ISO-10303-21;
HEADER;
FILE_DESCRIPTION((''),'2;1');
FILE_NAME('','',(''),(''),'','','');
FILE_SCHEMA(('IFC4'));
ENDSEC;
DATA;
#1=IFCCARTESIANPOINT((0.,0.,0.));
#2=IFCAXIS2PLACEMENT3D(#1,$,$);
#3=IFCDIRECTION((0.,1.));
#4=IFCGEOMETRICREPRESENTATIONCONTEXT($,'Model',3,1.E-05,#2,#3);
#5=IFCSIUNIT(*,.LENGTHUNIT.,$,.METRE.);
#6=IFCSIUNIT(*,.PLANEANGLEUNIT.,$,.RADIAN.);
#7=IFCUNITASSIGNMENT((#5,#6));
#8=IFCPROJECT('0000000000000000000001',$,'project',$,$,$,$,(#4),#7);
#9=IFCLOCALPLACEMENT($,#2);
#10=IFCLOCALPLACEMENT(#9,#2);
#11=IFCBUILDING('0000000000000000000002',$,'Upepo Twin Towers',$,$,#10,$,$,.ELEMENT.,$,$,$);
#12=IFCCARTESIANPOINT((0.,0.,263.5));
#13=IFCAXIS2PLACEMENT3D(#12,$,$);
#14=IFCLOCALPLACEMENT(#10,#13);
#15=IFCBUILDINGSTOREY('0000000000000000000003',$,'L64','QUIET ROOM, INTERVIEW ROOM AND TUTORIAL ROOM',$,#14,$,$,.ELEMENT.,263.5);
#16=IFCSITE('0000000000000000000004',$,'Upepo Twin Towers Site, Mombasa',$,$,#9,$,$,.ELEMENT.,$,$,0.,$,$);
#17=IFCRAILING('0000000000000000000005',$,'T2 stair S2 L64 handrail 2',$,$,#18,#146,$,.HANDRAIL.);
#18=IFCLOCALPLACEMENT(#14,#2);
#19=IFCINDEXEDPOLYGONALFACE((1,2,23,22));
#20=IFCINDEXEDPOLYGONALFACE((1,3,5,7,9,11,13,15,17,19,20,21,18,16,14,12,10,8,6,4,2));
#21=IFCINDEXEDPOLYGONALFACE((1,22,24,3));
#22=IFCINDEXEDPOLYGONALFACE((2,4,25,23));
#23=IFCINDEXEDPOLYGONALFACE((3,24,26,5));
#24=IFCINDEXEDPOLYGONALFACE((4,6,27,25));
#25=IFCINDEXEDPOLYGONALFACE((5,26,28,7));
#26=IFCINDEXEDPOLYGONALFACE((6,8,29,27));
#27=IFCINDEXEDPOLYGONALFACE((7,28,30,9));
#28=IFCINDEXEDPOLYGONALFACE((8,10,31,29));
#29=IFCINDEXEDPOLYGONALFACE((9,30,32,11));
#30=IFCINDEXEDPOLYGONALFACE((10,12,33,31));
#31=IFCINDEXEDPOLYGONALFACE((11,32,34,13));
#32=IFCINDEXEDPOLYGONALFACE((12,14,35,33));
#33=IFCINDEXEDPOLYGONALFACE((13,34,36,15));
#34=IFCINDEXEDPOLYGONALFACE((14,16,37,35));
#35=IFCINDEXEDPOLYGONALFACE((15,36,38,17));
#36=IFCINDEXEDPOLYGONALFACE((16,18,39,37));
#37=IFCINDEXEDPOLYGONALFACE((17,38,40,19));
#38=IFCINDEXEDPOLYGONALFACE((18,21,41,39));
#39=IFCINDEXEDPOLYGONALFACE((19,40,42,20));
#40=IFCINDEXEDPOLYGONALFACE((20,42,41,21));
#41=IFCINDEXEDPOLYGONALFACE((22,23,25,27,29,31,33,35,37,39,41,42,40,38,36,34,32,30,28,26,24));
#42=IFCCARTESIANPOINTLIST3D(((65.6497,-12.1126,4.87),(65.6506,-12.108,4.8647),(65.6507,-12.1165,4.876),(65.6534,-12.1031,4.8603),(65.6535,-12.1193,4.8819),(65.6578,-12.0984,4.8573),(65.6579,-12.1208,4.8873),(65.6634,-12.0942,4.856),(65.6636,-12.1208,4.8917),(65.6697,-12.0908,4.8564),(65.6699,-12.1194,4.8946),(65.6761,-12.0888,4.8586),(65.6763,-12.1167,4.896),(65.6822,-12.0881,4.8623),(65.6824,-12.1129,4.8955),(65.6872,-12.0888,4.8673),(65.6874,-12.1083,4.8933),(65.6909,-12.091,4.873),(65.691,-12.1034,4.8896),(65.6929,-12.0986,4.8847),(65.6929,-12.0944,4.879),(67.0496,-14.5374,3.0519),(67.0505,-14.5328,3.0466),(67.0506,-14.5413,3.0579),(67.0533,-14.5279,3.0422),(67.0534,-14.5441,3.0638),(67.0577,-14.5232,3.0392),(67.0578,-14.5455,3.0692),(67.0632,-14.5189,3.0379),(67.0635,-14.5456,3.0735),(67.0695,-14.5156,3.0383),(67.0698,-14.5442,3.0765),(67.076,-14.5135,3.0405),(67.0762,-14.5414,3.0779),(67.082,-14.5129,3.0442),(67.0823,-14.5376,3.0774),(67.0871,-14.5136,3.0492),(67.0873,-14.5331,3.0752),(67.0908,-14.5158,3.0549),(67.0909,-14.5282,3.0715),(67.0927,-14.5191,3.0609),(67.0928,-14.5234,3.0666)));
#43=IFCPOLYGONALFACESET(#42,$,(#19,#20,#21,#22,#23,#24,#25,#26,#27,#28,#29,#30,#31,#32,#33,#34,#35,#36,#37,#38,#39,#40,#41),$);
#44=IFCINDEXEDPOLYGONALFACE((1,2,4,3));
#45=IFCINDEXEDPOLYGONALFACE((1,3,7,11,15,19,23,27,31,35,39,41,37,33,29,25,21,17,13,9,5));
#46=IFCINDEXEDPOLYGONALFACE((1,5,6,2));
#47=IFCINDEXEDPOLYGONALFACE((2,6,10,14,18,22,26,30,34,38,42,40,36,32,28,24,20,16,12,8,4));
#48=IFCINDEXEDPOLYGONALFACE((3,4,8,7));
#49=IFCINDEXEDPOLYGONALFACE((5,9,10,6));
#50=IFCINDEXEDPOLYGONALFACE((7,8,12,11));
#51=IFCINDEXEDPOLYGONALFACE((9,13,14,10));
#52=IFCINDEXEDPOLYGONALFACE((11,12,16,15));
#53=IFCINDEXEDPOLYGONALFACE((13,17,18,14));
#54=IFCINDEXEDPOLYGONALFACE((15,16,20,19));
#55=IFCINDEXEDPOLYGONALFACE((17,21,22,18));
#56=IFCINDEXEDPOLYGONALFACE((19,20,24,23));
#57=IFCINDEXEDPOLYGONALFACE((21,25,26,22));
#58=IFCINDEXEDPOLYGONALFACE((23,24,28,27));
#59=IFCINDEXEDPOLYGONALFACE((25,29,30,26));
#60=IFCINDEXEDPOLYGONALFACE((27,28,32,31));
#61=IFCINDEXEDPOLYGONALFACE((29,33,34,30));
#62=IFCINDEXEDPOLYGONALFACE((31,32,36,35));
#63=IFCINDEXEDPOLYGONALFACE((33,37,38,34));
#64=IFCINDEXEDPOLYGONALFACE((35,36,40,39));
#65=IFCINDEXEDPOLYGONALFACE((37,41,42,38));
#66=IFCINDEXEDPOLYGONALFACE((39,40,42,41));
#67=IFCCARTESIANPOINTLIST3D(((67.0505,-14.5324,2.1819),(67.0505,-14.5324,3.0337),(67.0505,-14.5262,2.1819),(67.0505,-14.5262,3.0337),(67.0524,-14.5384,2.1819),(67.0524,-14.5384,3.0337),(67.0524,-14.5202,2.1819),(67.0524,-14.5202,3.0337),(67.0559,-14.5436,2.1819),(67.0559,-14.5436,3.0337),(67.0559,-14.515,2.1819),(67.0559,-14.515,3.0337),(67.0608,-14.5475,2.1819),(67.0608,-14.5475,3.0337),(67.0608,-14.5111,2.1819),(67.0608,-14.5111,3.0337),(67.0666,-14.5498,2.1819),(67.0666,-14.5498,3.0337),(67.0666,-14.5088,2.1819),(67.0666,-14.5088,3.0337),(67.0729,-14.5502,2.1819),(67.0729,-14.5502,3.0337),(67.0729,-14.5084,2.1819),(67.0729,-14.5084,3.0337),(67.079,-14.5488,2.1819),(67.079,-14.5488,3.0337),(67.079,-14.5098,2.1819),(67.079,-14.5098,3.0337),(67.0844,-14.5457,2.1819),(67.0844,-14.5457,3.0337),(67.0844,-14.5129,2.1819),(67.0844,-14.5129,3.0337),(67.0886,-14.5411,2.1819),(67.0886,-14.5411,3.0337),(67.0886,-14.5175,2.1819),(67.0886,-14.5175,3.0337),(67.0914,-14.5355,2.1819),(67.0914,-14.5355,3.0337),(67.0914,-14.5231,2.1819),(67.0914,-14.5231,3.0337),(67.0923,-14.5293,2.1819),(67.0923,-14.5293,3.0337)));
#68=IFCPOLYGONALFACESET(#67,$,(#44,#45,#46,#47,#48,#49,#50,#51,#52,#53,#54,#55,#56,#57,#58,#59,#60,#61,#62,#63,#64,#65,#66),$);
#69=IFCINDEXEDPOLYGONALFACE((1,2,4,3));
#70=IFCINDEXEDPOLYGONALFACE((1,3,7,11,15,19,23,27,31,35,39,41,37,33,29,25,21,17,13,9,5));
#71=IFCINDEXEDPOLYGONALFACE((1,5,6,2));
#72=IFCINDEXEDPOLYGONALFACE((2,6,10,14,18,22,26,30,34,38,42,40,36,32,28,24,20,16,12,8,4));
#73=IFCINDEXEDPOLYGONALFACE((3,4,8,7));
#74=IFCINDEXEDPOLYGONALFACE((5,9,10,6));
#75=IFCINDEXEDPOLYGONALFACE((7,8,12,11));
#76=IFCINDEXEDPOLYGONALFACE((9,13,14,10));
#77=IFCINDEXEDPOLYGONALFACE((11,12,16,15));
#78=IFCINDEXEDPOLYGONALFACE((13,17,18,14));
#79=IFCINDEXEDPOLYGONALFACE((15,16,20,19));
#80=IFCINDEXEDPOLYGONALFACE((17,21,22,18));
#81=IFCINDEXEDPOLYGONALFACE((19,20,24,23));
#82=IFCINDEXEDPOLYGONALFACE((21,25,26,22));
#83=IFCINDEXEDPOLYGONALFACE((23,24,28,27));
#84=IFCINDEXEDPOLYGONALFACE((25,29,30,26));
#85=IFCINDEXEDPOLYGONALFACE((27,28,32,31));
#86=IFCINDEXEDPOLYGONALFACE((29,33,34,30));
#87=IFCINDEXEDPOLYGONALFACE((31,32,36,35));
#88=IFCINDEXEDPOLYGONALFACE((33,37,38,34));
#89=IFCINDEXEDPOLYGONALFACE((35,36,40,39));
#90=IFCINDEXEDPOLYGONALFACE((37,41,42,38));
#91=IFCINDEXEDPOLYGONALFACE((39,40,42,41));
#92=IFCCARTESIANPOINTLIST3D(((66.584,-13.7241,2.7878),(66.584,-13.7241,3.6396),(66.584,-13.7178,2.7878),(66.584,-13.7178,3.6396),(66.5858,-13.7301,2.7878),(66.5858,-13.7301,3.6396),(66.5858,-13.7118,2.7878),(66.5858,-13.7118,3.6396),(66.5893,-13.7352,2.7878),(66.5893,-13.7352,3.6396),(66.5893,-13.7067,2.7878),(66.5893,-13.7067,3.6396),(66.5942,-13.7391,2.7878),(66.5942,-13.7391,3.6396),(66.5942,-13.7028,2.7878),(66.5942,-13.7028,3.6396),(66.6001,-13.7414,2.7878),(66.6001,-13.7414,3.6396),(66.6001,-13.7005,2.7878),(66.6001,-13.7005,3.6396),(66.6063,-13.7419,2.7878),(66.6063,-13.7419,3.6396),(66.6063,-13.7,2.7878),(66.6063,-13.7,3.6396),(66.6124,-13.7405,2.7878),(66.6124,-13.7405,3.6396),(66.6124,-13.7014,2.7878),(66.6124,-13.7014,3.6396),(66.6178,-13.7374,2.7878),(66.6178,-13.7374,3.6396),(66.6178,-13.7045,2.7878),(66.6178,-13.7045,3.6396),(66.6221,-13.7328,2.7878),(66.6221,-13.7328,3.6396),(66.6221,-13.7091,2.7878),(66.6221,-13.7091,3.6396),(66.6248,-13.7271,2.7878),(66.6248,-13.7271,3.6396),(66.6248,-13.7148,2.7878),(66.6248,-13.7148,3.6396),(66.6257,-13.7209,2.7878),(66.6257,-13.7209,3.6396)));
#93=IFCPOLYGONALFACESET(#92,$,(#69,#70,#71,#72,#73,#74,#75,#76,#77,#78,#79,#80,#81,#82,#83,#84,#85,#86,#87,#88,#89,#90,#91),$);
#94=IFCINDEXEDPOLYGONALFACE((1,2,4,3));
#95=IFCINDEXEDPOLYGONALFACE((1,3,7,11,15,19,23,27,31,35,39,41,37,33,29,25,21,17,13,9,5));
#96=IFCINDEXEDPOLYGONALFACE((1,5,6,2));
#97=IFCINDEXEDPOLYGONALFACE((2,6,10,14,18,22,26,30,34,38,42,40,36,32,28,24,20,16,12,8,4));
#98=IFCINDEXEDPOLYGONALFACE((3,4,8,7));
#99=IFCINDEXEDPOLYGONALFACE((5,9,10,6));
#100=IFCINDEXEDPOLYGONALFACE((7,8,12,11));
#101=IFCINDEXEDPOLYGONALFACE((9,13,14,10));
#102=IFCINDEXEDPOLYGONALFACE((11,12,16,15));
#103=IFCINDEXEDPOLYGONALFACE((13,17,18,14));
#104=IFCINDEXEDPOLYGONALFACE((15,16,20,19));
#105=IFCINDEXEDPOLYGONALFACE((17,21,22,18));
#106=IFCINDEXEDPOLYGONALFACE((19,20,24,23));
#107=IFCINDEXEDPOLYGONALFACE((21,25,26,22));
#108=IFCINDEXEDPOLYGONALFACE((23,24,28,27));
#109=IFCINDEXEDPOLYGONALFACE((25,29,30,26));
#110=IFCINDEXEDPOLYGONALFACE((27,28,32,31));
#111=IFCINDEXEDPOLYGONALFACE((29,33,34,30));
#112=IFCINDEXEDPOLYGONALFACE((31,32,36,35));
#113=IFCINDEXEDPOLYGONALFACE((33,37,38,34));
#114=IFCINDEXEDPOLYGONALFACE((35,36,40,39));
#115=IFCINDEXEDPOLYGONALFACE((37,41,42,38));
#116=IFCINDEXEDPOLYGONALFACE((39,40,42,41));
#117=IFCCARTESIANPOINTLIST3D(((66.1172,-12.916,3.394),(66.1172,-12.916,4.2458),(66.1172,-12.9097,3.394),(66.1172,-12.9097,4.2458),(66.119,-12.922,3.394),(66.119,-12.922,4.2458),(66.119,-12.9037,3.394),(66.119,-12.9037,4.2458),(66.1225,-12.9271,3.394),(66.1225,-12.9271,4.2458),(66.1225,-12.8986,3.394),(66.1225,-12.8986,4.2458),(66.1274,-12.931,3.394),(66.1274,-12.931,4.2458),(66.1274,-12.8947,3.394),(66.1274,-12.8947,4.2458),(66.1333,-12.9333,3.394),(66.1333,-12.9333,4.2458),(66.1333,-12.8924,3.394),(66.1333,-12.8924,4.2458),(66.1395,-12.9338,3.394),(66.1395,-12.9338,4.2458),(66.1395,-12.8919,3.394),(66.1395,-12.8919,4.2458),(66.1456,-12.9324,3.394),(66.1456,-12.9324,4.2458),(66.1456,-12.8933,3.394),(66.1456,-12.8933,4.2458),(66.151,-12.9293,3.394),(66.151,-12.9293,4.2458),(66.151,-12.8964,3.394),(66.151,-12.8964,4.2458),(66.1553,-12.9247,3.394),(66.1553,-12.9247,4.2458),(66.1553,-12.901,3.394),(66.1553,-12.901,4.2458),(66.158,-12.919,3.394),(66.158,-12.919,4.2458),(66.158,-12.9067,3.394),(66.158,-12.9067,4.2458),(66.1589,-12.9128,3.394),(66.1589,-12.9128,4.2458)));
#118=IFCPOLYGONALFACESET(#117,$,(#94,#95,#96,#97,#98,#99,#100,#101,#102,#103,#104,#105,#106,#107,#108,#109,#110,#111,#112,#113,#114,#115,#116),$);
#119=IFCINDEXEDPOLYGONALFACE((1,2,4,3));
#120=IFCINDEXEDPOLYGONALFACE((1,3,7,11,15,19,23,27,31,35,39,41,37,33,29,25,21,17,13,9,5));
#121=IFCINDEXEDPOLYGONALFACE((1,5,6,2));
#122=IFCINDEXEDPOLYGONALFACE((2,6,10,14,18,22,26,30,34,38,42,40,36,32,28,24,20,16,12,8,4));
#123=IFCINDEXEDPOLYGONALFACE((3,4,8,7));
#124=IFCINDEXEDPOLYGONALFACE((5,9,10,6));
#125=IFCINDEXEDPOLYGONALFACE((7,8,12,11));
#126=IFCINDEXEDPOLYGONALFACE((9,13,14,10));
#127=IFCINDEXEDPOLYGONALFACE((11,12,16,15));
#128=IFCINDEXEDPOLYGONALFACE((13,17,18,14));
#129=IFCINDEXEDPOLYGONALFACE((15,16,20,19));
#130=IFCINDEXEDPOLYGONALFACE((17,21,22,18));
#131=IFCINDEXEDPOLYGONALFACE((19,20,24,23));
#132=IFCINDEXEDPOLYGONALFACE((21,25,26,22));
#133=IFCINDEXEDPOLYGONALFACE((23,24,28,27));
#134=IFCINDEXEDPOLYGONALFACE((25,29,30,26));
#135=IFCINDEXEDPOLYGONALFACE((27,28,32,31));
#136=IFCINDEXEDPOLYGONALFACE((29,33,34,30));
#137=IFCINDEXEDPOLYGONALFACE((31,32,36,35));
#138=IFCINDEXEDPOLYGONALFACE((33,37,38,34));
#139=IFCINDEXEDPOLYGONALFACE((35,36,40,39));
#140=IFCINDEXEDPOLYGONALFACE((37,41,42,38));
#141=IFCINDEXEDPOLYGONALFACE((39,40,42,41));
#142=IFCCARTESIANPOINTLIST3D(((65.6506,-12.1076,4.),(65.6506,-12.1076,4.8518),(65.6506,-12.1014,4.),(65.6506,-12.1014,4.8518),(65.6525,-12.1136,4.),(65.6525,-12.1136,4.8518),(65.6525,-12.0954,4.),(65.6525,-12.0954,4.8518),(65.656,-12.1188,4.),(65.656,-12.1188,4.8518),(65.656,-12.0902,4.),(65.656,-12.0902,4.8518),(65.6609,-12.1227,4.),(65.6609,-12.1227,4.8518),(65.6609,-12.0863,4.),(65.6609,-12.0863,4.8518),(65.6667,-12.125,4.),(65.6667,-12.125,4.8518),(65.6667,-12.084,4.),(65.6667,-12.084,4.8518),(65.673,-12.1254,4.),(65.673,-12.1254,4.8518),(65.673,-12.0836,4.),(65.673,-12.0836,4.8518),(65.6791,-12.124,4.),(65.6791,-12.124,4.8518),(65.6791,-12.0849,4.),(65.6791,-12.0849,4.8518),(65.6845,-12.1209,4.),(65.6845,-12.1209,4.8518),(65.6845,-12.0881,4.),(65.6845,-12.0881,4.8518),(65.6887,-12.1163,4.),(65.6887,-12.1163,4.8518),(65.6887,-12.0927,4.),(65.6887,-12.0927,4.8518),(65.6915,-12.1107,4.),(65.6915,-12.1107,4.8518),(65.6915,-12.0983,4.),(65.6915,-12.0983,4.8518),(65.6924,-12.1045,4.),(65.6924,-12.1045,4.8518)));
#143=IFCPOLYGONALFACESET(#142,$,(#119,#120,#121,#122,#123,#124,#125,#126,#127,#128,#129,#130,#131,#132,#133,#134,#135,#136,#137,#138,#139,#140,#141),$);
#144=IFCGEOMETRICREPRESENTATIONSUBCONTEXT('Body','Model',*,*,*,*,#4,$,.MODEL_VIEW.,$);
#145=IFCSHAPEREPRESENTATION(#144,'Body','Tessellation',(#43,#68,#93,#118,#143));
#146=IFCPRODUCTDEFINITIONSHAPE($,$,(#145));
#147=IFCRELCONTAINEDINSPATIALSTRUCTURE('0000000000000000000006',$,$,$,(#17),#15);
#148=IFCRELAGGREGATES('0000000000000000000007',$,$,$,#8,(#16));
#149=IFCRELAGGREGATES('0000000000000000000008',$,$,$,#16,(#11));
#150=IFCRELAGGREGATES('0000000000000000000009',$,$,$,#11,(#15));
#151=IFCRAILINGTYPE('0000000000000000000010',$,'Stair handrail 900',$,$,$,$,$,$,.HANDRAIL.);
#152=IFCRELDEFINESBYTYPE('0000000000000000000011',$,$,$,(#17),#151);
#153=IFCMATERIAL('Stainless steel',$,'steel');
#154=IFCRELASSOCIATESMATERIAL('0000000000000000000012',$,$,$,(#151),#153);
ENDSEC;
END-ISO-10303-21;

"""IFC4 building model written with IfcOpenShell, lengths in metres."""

from ifc_helpers import new_model, si_unit, direction, frame, origin, origin_2d, place, context, subcontext, project, spatial, circle, extrude, material, type_object, element, save


model = new_model("IFC4")

# Units and contexts
model_context = context("Model", 3, precision=1e-05, world=origin(), true_north=direction((0.0, 1.0)))
body_context = subcontext(model_context, "Body", "Model", "MODEL_VIEW")
ifc_project = project(units=[si_unit("LENGTHUNIT", "METRE"), si_unit("PLANEANGLEUNIT", "RADIAN")], contexts=[model_context])

# Site, building, storey
site_placement = place(None, origin())
site = spatial("IfcSite", under=ifc_project, at=site_placement, Name="Upepo Twin Towers Site, Mombasa", CompositionType="ELEMENT", RefElevation=0.0)
building_placement = place(site_placement, origin())
building = spatial("IfcBuilding", under=site, at=building_placement, Name="Upepo Twin Towers", CompositionType="ELEMENT")
storey_placement = place(building_placement, frame((0.0, 0.0, 263.5)))
storey = spatial("IfcBuildingStorey", under=building, at=storey_placement, Name="L64", Description="QUIET ROOM, INTERVIEW ROOM AND TUTORIAL ROOM", CompositionType="ELEMENT", Elevation=263.5)

# Railing
ifc_material_1 = material(Name="Stainless steel", Category="steel")
railing_type = type_object("IfcRailingType", Name="Stair handrail 900", PredefinedType="HANDRAIL", material=ifc_material_1)
railing_1_placement = place(storey_placement, frame((67.0713, -14.5293, 2.1819)))
element("IfcRailing", 1, at=railing_1_placement, inside=storey, type_object=railing_type, Name="T2 stair S2 L64 handrail 2", PredefinedType="HANDRAIL", context=body_context, shape_type="SweptSolid", body=[
    extrude(circle(Radius=0.0239, at=origin_2d()), frame((0.0, 0.0, 0.876), z_axis=(-0.419333, 0.726336, 0.544606), x_axis=(-0.866035, -0.499984, 0.0)), (0.0, 0.0, 1.0), 3.3384),
    extrude(circle(Radius=0.021, at=origin_2d()), origin(), (0.0, 0.0, 1.0), 0.8518),
    extrude(circle(Radius=0.021, at=origin_2d()), frame((-0.4666, 0.8083, 0.606)), (0.0, 0.0, 1.0), 0.8518),
    extrude(circle(Radius=0.021, at=origin_2d()), frame((-0.9333, 1.6165, 1.2122)), (0.0, 0.0, 1.0), 0.8518),
    extrude(circle(Radius=0.021, at=origin_2d()), frame((-1.3999, 2.4248, 1.8181)), (0.0, 0.0, 1.0), 0.8518),
])

save(model, "model.ifc")
